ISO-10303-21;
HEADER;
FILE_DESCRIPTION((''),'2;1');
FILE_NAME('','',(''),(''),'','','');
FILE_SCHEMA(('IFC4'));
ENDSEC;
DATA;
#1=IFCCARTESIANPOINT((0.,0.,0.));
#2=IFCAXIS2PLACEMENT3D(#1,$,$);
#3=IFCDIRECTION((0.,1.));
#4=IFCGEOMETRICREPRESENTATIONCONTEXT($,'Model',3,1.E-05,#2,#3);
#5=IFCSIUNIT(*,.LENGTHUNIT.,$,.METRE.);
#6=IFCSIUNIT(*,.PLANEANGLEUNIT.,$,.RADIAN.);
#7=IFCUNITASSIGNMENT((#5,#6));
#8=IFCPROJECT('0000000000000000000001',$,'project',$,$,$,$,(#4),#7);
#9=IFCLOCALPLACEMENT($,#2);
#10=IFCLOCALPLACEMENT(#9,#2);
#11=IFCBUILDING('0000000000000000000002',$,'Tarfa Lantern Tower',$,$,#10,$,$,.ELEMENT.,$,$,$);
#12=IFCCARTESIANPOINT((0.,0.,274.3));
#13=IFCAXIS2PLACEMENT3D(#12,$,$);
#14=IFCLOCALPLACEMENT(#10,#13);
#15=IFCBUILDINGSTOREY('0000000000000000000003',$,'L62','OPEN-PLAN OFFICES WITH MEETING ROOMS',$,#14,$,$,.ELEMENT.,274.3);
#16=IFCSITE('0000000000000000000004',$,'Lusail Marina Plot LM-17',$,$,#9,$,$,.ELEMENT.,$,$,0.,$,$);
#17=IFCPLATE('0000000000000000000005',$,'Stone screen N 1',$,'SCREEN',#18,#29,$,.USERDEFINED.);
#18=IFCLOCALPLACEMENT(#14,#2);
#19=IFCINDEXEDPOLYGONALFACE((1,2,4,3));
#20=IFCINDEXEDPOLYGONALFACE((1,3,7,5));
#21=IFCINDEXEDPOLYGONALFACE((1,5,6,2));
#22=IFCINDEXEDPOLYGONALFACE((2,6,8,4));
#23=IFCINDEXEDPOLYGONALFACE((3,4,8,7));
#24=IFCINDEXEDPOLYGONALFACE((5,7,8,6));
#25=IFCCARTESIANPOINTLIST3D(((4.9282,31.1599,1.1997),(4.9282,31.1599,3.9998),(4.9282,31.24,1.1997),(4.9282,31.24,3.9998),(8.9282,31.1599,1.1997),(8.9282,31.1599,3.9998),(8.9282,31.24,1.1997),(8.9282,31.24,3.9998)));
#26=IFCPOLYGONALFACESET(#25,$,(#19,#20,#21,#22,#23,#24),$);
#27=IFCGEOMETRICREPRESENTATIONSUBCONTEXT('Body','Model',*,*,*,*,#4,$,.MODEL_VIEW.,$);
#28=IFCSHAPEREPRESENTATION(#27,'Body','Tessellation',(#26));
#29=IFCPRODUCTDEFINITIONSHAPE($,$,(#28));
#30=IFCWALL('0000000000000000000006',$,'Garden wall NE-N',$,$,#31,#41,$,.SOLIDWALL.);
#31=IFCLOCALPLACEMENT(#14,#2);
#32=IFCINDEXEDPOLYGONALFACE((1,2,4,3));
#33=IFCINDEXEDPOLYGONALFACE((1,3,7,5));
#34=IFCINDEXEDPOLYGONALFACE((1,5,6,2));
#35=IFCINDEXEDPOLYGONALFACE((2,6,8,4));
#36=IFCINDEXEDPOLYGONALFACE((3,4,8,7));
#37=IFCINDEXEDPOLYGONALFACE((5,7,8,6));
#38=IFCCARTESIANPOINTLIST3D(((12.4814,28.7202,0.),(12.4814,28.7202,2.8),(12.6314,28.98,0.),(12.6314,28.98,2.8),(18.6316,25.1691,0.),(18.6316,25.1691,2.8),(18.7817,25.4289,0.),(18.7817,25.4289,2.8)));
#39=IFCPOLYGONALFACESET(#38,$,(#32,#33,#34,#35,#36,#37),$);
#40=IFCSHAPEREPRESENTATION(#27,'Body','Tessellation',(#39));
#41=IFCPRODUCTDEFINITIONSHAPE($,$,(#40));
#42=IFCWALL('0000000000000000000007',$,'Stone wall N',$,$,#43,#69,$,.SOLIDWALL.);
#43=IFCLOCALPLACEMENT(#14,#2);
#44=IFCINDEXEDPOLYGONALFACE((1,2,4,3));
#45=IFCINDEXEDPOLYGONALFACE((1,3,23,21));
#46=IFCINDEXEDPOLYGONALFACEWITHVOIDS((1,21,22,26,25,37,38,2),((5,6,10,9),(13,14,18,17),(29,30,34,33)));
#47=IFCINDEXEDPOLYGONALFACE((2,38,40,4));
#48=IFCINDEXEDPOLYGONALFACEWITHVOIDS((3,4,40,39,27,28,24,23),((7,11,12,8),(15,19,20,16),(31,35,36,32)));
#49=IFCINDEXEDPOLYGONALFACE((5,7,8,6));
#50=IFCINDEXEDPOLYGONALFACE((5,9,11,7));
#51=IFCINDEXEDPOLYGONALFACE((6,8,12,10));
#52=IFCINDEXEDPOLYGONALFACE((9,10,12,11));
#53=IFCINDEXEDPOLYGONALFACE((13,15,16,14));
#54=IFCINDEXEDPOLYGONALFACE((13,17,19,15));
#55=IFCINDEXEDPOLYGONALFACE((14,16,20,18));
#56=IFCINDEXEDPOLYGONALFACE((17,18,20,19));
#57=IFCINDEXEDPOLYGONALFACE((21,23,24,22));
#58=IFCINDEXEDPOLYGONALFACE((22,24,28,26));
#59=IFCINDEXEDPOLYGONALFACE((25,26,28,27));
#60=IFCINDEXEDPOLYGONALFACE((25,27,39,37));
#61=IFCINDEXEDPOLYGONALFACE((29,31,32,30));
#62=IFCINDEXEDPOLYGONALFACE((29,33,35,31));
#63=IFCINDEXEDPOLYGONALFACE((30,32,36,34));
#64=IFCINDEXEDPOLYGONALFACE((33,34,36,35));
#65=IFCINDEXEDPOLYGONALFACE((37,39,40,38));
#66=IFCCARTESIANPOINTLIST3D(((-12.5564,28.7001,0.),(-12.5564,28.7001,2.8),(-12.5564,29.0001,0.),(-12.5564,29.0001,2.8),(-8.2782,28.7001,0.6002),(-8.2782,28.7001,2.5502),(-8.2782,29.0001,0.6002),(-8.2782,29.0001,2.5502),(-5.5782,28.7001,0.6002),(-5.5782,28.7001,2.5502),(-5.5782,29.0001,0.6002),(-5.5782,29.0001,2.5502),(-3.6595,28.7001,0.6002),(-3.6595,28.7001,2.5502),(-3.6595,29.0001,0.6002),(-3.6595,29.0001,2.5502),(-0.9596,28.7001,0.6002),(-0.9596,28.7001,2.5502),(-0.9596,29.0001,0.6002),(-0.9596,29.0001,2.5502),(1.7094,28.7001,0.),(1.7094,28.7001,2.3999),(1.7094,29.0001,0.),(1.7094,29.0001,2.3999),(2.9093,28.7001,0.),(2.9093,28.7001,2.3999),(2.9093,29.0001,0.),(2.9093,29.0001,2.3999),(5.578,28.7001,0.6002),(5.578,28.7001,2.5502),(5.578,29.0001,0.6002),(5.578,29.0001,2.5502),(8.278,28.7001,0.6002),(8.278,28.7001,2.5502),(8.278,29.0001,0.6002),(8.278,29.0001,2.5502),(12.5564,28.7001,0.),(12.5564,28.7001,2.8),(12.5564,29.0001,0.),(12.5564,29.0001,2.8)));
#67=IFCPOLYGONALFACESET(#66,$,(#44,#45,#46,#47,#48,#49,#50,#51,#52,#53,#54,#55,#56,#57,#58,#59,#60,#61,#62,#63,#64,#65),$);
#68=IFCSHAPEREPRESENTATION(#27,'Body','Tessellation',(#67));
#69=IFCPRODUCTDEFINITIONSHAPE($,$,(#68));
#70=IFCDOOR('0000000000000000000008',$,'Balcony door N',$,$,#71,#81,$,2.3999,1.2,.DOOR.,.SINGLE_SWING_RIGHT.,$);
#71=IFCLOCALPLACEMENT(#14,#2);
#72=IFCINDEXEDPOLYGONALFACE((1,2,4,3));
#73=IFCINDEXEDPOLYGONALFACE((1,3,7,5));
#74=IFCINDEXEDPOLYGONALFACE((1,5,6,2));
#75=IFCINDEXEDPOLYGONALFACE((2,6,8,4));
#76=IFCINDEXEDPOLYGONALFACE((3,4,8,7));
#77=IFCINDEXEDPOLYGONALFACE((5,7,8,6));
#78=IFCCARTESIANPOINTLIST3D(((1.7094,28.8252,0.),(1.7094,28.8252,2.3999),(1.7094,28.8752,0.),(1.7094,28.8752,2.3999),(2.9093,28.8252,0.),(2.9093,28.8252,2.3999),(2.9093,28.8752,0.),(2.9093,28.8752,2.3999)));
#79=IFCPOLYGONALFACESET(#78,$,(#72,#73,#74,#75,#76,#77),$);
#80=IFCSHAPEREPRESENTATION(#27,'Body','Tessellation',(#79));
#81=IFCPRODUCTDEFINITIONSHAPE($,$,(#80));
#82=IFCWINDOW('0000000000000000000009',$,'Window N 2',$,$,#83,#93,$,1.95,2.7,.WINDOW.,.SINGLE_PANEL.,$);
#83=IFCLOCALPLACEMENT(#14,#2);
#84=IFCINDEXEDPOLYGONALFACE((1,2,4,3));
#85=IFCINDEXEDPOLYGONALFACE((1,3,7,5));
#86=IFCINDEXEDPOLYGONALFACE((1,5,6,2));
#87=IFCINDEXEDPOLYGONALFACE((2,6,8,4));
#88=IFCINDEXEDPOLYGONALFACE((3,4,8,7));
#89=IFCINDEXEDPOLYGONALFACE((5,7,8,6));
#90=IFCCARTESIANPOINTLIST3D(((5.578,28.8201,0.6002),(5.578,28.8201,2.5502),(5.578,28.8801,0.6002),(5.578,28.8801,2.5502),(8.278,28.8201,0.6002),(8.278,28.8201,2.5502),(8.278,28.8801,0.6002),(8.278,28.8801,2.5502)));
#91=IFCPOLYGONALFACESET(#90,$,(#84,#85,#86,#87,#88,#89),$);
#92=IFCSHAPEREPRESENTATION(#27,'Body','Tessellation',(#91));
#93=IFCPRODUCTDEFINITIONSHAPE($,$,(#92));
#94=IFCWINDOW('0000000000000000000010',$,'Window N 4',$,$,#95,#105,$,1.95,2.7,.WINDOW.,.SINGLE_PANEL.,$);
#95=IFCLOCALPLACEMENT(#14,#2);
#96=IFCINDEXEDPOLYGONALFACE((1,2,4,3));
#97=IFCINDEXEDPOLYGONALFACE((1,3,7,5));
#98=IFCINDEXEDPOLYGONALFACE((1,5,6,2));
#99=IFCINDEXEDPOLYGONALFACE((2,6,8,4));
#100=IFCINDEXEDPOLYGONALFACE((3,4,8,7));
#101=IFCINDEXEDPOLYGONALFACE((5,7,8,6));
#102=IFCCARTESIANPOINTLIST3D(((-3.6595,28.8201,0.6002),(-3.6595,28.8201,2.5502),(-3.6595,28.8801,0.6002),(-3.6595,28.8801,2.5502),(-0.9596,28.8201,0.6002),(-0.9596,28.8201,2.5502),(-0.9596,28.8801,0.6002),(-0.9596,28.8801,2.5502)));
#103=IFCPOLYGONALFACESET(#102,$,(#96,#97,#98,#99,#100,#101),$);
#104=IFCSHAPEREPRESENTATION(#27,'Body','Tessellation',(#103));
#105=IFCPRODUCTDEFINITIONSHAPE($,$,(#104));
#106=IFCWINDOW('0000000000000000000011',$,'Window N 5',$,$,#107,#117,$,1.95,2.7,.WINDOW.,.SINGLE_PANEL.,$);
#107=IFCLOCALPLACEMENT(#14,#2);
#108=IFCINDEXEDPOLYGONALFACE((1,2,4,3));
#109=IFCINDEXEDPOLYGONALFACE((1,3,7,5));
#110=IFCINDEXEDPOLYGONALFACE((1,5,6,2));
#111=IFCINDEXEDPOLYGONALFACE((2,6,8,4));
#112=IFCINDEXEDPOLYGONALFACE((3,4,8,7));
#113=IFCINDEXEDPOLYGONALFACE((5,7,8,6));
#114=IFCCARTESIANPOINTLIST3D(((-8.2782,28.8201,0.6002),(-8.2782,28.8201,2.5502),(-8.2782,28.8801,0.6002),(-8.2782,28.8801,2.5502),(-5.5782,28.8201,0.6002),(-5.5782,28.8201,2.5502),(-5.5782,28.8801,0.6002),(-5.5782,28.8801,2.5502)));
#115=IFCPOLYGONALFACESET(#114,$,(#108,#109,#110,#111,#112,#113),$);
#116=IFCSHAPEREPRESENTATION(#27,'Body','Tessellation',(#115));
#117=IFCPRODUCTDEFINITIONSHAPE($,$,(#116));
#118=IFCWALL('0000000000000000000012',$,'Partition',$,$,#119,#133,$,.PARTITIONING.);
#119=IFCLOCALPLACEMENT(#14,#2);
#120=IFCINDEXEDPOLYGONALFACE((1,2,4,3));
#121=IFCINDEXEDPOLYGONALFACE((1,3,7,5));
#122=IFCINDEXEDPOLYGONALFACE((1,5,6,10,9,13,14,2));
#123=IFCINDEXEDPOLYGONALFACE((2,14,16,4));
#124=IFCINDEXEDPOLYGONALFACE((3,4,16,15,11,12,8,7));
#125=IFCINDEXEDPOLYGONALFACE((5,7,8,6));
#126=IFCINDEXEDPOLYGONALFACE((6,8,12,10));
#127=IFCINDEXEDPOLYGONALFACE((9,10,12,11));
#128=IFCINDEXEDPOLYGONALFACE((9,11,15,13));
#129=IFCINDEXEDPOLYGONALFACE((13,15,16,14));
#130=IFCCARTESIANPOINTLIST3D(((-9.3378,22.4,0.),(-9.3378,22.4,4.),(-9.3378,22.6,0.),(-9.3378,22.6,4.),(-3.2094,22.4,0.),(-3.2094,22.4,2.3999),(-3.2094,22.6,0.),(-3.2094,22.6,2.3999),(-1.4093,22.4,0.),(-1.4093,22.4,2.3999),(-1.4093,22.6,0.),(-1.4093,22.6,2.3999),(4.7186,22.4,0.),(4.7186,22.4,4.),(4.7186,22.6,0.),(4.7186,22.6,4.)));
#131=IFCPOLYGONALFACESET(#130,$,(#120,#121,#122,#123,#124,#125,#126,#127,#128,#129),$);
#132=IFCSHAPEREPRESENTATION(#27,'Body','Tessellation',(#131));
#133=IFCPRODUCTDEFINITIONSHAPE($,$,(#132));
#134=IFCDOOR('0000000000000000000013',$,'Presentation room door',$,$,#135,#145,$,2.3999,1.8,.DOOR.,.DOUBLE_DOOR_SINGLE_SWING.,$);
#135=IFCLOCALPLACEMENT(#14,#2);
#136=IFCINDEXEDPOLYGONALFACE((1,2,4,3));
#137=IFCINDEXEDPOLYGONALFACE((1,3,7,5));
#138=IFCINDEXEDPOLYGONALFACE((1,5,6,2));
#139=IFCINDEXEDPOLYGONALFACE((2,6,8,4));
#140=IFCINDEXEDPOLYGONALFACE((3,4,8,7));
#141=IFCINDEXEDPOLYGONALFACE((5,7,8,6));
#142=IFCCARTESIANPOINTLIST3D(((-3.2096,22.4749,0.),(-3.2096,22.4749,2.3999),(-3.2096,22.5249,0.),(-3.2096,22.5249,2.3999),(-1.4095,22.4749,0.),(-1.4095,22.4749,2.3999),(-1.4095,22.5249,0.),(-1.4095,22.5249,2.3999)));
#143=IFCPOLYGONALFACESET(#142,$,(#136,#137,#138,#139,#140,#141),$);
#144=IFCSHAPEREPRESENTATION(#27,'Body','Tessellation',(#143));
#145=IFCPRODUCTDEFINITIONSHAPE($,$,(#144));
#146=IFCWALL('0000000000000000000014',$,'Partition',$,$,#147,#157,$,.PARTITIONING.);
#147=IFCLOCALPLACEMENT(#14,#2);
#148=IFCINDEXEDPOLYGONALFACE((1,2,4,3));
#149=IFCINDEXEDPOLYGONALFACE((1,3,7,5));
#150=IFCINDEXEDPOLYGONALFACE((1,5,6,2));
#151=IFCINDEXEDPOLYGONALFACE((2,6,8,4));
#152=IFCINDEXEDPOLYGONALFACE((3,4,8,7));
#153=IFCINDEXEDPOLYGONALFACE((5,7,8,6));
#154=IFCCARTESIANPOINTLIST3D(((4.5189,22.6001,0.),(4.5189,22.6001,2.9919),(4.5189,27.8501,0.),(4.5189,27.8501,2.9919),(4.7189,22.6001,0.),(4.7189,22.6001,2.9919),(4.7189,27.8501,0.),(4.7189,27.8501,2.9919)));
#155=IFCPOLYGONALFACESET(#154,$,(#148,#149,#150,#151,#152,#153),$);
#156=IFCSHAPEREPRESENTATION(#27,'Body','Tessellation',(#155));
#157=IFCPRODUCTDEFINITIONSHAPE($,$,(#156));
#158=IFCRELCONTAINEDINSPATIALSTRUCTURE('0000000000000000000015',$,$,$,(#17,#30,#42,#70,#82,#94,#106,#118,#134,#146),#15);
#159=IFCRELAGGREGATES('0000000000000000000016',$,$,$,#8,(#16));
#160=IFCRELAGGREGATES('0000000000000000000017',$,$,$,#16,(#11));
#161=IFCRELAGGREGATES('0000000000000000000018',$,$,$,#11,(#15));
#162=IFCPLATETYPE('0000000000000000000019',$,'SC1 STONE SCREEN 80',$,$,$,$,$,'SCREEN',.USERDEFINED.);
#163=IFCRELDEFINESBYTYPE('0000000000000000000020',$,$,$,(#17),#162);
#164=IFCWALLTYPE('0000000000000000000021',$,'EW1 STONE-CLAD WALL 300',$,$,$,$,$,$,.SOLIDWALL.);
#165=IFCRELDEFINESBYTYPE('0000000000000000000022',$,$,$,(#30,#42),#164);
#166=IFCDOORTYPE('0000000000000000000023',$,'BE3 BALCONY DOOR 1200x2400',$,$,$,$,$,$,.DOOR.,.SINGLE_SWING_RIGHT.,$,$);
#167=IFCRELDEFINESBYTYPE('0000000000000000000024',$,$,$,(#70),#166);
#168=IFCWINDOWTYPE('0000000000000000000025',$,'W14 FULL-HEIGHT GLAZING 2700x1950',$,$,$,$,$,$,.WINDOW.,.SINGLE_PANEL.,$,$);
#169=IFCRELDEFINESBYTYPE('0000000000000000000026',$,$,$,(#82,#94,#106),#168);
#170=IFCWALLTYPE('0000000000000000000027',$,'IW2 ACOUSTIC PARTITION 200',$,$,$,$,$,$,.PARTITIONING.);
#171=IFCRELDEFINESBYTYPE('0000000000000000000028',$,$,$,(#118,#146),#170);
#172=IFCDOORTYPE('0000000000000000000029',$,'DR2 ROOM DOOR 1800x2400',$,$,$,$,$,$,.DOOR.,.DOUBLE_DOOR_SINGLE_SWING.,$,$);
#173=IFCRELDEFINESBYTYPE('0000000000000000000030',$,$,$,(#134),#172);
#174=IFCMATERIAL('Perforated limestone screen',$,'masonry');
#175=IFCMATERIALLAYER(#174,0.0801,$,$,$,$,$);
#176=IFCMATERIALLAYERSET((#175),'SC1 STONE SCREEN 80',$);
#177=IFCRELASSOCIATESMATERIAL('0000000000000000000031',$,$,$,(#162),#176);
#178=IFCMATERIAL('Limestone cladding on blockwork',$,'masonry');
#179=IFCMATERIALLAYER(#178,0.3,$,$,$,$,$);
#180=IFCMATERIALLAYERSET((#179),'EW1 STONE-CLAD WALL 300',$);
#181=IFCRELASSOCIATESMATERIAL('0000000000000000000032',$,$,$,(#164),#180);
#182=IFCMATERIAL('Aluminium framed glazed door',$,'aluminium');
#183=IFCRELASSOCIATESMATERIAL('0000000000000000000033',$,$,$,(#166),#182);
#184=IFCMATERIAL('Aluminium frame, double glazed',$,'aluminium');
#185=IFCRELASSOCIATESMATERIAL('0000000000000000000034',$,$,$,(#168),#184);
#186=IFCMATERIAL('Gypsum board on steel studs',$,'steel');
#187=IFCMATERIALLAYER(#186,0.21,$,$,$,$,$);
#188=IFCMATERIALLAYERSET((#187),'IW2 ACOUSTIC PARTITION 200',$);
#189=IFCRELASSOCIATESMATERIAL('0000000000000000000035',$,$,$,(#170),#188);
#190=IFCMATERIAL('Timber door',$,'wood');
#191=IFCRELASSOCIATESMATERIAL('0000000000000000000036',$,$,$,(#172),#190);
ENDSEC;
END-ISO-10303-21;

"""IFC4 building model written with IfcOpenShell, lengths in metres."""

from ifc_helpers import new_model, si_unit, direction, frame, frame_2d, origin, origin_2d, place, context, subcontext, project, spatial, rectangle, extrude, material, layer, layer_set, type_object, element, fill, save


model = new_model("IFC4")

# Units and contexts
model_context = context("Model", 3, precision=1e-05, world=origin(), true_north=direction((0.0, 1.0)))
body_context = subcontext(model_context, "Body", "Model", "MODEL_VIEW")
ifc_project = project(units=[si_unit("LENGTHUNIT", "METRE"), si_unit("PLANEANGLEUNIT", "RADIAN")], contexts=[model_context])

# Site, building, storey
site_placement = place(None, origin())
site = spatial("IfcSite", under=ifc_project, at=site_placement, Name="Lusail Marina Plot LM-17", CompositionType="ELEMENT", RefElevation=0.0)
building_placement = place(site_placement, origin())
building = spatial("IfcBuilding", under=site, at=building_placement, Name="Tarfa Lantern Tower", CompositionType="ELEMENT")
storey_placement = place(building_placement, frame((0.0, 0.0, 274.3)))
storey = spatial("IfcBuildingStorey", under=building, at=storey_placement, Name="L62", Description="OPEN-PLAN OFFICES WITH MEETING ROOMS", CompositionType="ELEMENT", Elevation=274.3)

# Plate
ifc_material_1 = material(Name="Perforated limestone screen", Category="masonry")
ifc_layer_1 = layer(ifc_material_1, 0.0801)
ifc_layer_set_1 = layer_set([ifc_layer_1], Name="SC1 STONE SCREEN 80")
plate_type_1 = type_object("IfcPlateType", Name="SC1 STONE SCREEN 80", ElementType="SCREEN", PredefinedType="USERDEFINED", material=ifc_layer_set_1)
plate_1_placement = place(storey_placement, frame((6.9282, 31.2, 1.1997), z_axis=(0.0, 0.0, 1.0), x_axis=(-1.0, 0.0, 0.0)))
element("IfcPlate", 1, at=plate_1_placement, inside=storey, type_object=plate_type_1, Name="Stone screen N 1", ObjectType="SCREEN", PredefinedType="USERDEFINED", context=body_context, shape_type="SweptSolid", body=[
    extrude(rectangle(XDim=4.0, YDim=0.0801, at=origin_2d()), origin(), (0.0, 0.0, 1.0), 2.8),
])

# Wall
ifc_material_2 = material(Name="Limestone cladding on blockwork", Category="masonry")
ifc_layer_2 = layer(ifc_material_2, 0.3)
ifc_layer_set_2 = layer_set([ifc_layer_2], Name="EW1 STONE-CLAD WALL 300")
wall_type_1 = type_object("IfcWallType", Name="EW1 STONE-CLAD WALL 300", PredefinedType="SOLIDWALL", material=ifc_layer_set_2)
wall_1_placement = place(storey_placement, frame((18.7065, 25.2991, 0.0), z_axis=(0.0, 0.0, 1.0), x_axis=(-0.866011, 0.500025, 0.0)))
element("IfcWall", 2, at=wall_1_placement, inside=storey, type_object=wall_type_1, Name="Garden wall NE-N", PredefinedType="SOLIDWALL", context=body_context, shape_type="SweptSolid", body=[
    extrude(rectangle(XDim=7.1018, YDim=0.3, at=frame_2d((3.5508, 0.0))), origin(), (0.0, 0.0, 1.0), 2.8),
])

# Wall, openings, door, windows
wall_2_placement = place(storey_placement, frame((12.5564, 28.8501, 0.0), z_axis=(0.0, 0.0, 1.0), x_axis=(-1.0, 0.0, 0.0)))
wall_2 = element("IfcWall", 3, at=wall_2_placement, inside=storey, type_object=wall_type_1, Name="Stone wall N", PredefinedType="SOLIDWALL", context=body_context, shape_type="SweptSolid", body=[
    extrude(rectangle(XDim=25.1128, YDim=0.3, at=frame_2d((12.5564, 0.0))), origin(), (0.0, 0.0, 1.0), 2.8),
])
opening_1_placement = place(wall_2_placement, frame((4.2783, 0.0, 0.6001)))
opening_1 = element("IfcOpeningElement", 4, at=opening_1_placement, cuts=wall_2, PredefinedType="OPENING", context=body_context, shape_type="SweptSolid", body=[
    extrude(rectangle(XDim=2.7, YDim=1.95, at=frame_2d((1.3501, 0.9751))), frame((0.0, 0.1599, 0.0), z_axis=(0.0, -1.0, 0.0), x_axis=(1.0, 0.0, 0.0)), (0.0, 0.0, 1.0), 0.3201),
])
opening_2_placement = place(wall_2_placement, frame((9.647, 0.0, 0.0)))
opening_2 = element("IfcOpeningElement", 5, at=opening_2_placement, cuts=wall_2, PredefinedType="OPENING", context=body_context, shape_type="SweptSolid", body=[
    extrude(rectangle(XDim=1.2, YDim=2.3999, at=frame_2d((0.6001, 1.2))), frame((0.0, 0.1599, 0.0), z_axis=(0.0, -1.0, 0.0), x_axis=(1.0, 0.0, 0.0)), (0.0, 0.0, 1.0), 0.3201),
])
opening_3_placement = place(wall_2_placement, frame((13.5159, 0.0, 0.6001)))
opening_3 = element("IfcOpeningElement", 6, at=opening_3_placement, cuts=wall_2, PredefinedType="OPENING", context=body_context, shape_type="SweptSolid", body=[
    extrude(rectangle(XDim=2.7, YDim=1.95, at=frame_2d((1.3501, 0.9751))), frame((0.0, 0.1599, 0.0), z_axis=(0.0, -1.0, 0.0), x_axis=(1.0, 0.0, 0.0)), (0.0, 0.0, 1.0), 0.3201),
])
opening_4_placement = place(wall_2_placement, frame((18.1345, 0.0, 0.6001)))
opening_4 = element("IfcOpeningElement", 7, at=opening_4_placement, cuts=wall_2, PredefinedType="OPENING", context=body_context, shape_type="SweptSolid", body=[
    extrude(rectangle(XDim=2.7, YDim=1.95, at=frame_2d((1.3501, 0.9751))), frame((0.0, 0.1599, 0.0), z_axis=(0.0, -1.0, 0.0), x_axis=(1.0, 0.0, 0.0)), (0.0, 0.0, 1.0), 0.3201),
])
ifc_material_3 = material(Name="Aluminium framed glazed door", Category="aluminium")
door_type_1 = type_object("IfcDoorType", Name="BE3 BALCONY DOOR 1200x2400", OperationType="SINGLE_SWING_RIGHT", PredefinedType="DOOR", material=ifc_material_3)
door_1_placement = place(opening_2_placement, origin())
door_1 = element("IfcDoor", 8, at=door_1_placement, inside=storey, type_object=door_type_1, Name="Balcony door N", OperationType="SINGLE_SWING_RIGHT", OverallHeight=2.3999, OverallWidth=1.2, PredefinedType="DOOR", context=body_context, shape_type="SweptSolid", body=[
    extrude(rectangle(XDim=1.2, YDim=2.3999, at=frame_2d((0.6001, 1.2))), frame((0.0, 0.0249, 0.0), z_axis=(0.0, -1.0, 0.0), x_axis=(1.0, 0.0, 0.0)), (0.0, 0.0, 1.0), 0.05),
])
fill(opening_2, door_1)
ifc_material_4 = material(Name="Aluminium frame, double glazed", Category="aluminium")
window_type = type_object("IfcWindowType", Name="W14 FULL-HEIGHT GLAZING 2700x1950", PartitioningType="SINGLE_PANEL", PredefinedType="WINDOW", material=ifc_material_4)
window_1_placement = place(opening_1_placement, origin())
window_1 = element("IfcWindow", 9, at=window_1_placement, inside=storey, type_object=window_type, Name="Window N 2", OverallHeight=1.95, OverallWidth=2.7, PartitioningType="SINGLE_PANEL", PredefinedType="WINDOW", context=body_context, shape_type="SweptSolid", body=[
    extrude(rectangle(XDim=2.7, YDim=1.95, at=frame_2d((1.3501, 0.9751))), frame((0.0, 0.03, 0.0), z_axis=(0.0, -1.0, 0.0), x_axis=(1.0, 0.0, 0.0)), (0.0, 0.0, 1.0), 0.0601),
])
fill(opening_1, window_1)
window_2_placement = place(opening_3_placement, origin())
window_2 = element("IfcWindow", 10, at=window_2_placement, inside=storey, type_object=window_type, Name="Window N 4", OverallHeight=1.95, OverallWidth=2.7, PartitioningType="SINGLE_PANEL", PredefinedType="WINDOW", context=body_context, shape_type="SweptSolid", body=[
    extrude(rectangle(XDim=2.7, YDim=1.95, at=frame_2d((1.3501, 0.9751))), frame((0.0, 0.03, 0.0), z_axis=(0.0, -1.0, 0.0), x_axis=(1.0, 0.0, 0.0)), (0.0, 0.0, 1.0), 0.0601),
])
fill(opening_3, window_2)
window_3_placement = place(opening_4_placement, origin())
window_3 = element("IfcWindow", 11, at=window_3_placement, inside=storey, type_object=window_type, Name="Window N 5", OverallHeight=1.95, OverallWidth=2.7, PartitioningType="SINGLE_PANEL", PredefinedType="WINDOW", context=body_context, shape_type="SweptSolid", body=[
    extrude(rectangle(XDim=2.7, YDim=1.95, at=frame_2d((1.3501, 0.9751))), frame((0.0, 0.03, 0.0), z_axis=(0.0, -1.0, 0.0), x_axis=(1.0, 0.0, 0.0)), (0.0, 0.0, 1.0), 0.0601),
])
fill(opening_4, window_3)

# Wall, opening, door
ifc_material_5 = material(Name="Gypsum board on steel studs", Category="steel")
ifc_layer_3 = layer(ifc_material_5, 0.21)
ifc_layer_set_3 = layer_set([ifc_layer_3], Name="IW2 ACOUSTIC PARTITION 200")
wall_type_2 = type_object("IfcWallType", Name="IW2 ACOUSTIC PARTITION 200", PredefinedType="PARTITIONING", material=ifc_layer_set_3)
wall_3_placement = place(storey_placement, frame((4.7188, 22.5, 0.0), z_axis=(0.0, 0.0, 1.0), x_axis=(-1.0, 0.0, 0.0)))
wall_3 = element("IfcWall", 12, at=wall_3_placement, inside=storey, type_object=wall_type_2, Name="Partition", PredefinedType="PARTITIONING", context=body_context, shape_type="SweptSolid", body=[
    extrude(rectangle(XDim=14.0564, YDim=0.2, at=frame_2d((7.0283, 0.0))), origin(), (0.0, 0.0, 1.0), 4.0),
])
opening_5_placement = place(wall_3_placement, frame((6.1282, 0.0, 0.0)))
opening_5 = element("IfcOpeningElement", 13, at=opening_5_placement, cuts=wall_3, PredefinedType="OPENING", context=body_context, shape_type="SweptSolid", body=[
    extrude(rectangle(XDim=1.8, YDim=2.3999, at=frame_2d((0.8999, 1.2))), frame((0.0, 0.1099, 0.0), z_axis=(0.0, -1.0, 0.0), x_axis=(1.0, 0.0, 0.0)), (0.0, 0.0, 1.0), 0.22),
])
ifc_material_6 = material(Name="Timber door", Category="wood")
door_type_2 = type_object("IfcDoorType", Name="DR2 ROOM DOOR 1800x2400", OperationType="DOUBLE_DOOR_SINGLE_SWING", PredefinedType="DOOR", material=ifc_material_6)
door_2_placement = place(opening_5_placement, frame((1.8, 0.0, 0.0), z_axis=(0.0, 0.0, 1.0), x_axis=(-1.0, 0.0, 0.0)))
door_2 = element("IfcDoor", 14, at=door_2_placement, inside=storey, type_object=door_type_2, Name="Presentation room door", OperationType="DOUBLE_DOOR_SINGLE_SWING", OverallHeight=2.3999, OverallWidth=1.8, PredefinedType="DOOR", context=body_context, shape_type="SweptSolid", body=[
    extrude(rectangle(XDim=1.8, YDim=2.3999, at=frame_2d((0.8999, 1.2))), frame((0.0, 0.0249, 0.0), z_axis=(0.0, -1.0, 0.0), x_axis=(1.0, 0.0, 0.0)), (0.0, 0.0, 1.0), 0.05),
])
fill(opening_5, door_2)

# Wall
wall_4_placement = place(storey_placement, frame((4.6189, 22.6001, 0.0), z_axis=(0.0, 0.0, 1.0), x_axis=(0.0, 1.0, 0.0)))
element("IfcWall", 15, at=wall_4_placement, inside=storey, type_object=wall_type_2, Name="Partition", PredefinedType="PARTITIONING", context=body_context, shape_type="SweptSolid", body=[
    extrude(rectangle(XDim=5.25, YDim=0.2, at=frame_2d((2.625, 0.0))), origin(), (0.0, 0.0, 1.0), 2.9919),
])

save(model, "model.ifc")
